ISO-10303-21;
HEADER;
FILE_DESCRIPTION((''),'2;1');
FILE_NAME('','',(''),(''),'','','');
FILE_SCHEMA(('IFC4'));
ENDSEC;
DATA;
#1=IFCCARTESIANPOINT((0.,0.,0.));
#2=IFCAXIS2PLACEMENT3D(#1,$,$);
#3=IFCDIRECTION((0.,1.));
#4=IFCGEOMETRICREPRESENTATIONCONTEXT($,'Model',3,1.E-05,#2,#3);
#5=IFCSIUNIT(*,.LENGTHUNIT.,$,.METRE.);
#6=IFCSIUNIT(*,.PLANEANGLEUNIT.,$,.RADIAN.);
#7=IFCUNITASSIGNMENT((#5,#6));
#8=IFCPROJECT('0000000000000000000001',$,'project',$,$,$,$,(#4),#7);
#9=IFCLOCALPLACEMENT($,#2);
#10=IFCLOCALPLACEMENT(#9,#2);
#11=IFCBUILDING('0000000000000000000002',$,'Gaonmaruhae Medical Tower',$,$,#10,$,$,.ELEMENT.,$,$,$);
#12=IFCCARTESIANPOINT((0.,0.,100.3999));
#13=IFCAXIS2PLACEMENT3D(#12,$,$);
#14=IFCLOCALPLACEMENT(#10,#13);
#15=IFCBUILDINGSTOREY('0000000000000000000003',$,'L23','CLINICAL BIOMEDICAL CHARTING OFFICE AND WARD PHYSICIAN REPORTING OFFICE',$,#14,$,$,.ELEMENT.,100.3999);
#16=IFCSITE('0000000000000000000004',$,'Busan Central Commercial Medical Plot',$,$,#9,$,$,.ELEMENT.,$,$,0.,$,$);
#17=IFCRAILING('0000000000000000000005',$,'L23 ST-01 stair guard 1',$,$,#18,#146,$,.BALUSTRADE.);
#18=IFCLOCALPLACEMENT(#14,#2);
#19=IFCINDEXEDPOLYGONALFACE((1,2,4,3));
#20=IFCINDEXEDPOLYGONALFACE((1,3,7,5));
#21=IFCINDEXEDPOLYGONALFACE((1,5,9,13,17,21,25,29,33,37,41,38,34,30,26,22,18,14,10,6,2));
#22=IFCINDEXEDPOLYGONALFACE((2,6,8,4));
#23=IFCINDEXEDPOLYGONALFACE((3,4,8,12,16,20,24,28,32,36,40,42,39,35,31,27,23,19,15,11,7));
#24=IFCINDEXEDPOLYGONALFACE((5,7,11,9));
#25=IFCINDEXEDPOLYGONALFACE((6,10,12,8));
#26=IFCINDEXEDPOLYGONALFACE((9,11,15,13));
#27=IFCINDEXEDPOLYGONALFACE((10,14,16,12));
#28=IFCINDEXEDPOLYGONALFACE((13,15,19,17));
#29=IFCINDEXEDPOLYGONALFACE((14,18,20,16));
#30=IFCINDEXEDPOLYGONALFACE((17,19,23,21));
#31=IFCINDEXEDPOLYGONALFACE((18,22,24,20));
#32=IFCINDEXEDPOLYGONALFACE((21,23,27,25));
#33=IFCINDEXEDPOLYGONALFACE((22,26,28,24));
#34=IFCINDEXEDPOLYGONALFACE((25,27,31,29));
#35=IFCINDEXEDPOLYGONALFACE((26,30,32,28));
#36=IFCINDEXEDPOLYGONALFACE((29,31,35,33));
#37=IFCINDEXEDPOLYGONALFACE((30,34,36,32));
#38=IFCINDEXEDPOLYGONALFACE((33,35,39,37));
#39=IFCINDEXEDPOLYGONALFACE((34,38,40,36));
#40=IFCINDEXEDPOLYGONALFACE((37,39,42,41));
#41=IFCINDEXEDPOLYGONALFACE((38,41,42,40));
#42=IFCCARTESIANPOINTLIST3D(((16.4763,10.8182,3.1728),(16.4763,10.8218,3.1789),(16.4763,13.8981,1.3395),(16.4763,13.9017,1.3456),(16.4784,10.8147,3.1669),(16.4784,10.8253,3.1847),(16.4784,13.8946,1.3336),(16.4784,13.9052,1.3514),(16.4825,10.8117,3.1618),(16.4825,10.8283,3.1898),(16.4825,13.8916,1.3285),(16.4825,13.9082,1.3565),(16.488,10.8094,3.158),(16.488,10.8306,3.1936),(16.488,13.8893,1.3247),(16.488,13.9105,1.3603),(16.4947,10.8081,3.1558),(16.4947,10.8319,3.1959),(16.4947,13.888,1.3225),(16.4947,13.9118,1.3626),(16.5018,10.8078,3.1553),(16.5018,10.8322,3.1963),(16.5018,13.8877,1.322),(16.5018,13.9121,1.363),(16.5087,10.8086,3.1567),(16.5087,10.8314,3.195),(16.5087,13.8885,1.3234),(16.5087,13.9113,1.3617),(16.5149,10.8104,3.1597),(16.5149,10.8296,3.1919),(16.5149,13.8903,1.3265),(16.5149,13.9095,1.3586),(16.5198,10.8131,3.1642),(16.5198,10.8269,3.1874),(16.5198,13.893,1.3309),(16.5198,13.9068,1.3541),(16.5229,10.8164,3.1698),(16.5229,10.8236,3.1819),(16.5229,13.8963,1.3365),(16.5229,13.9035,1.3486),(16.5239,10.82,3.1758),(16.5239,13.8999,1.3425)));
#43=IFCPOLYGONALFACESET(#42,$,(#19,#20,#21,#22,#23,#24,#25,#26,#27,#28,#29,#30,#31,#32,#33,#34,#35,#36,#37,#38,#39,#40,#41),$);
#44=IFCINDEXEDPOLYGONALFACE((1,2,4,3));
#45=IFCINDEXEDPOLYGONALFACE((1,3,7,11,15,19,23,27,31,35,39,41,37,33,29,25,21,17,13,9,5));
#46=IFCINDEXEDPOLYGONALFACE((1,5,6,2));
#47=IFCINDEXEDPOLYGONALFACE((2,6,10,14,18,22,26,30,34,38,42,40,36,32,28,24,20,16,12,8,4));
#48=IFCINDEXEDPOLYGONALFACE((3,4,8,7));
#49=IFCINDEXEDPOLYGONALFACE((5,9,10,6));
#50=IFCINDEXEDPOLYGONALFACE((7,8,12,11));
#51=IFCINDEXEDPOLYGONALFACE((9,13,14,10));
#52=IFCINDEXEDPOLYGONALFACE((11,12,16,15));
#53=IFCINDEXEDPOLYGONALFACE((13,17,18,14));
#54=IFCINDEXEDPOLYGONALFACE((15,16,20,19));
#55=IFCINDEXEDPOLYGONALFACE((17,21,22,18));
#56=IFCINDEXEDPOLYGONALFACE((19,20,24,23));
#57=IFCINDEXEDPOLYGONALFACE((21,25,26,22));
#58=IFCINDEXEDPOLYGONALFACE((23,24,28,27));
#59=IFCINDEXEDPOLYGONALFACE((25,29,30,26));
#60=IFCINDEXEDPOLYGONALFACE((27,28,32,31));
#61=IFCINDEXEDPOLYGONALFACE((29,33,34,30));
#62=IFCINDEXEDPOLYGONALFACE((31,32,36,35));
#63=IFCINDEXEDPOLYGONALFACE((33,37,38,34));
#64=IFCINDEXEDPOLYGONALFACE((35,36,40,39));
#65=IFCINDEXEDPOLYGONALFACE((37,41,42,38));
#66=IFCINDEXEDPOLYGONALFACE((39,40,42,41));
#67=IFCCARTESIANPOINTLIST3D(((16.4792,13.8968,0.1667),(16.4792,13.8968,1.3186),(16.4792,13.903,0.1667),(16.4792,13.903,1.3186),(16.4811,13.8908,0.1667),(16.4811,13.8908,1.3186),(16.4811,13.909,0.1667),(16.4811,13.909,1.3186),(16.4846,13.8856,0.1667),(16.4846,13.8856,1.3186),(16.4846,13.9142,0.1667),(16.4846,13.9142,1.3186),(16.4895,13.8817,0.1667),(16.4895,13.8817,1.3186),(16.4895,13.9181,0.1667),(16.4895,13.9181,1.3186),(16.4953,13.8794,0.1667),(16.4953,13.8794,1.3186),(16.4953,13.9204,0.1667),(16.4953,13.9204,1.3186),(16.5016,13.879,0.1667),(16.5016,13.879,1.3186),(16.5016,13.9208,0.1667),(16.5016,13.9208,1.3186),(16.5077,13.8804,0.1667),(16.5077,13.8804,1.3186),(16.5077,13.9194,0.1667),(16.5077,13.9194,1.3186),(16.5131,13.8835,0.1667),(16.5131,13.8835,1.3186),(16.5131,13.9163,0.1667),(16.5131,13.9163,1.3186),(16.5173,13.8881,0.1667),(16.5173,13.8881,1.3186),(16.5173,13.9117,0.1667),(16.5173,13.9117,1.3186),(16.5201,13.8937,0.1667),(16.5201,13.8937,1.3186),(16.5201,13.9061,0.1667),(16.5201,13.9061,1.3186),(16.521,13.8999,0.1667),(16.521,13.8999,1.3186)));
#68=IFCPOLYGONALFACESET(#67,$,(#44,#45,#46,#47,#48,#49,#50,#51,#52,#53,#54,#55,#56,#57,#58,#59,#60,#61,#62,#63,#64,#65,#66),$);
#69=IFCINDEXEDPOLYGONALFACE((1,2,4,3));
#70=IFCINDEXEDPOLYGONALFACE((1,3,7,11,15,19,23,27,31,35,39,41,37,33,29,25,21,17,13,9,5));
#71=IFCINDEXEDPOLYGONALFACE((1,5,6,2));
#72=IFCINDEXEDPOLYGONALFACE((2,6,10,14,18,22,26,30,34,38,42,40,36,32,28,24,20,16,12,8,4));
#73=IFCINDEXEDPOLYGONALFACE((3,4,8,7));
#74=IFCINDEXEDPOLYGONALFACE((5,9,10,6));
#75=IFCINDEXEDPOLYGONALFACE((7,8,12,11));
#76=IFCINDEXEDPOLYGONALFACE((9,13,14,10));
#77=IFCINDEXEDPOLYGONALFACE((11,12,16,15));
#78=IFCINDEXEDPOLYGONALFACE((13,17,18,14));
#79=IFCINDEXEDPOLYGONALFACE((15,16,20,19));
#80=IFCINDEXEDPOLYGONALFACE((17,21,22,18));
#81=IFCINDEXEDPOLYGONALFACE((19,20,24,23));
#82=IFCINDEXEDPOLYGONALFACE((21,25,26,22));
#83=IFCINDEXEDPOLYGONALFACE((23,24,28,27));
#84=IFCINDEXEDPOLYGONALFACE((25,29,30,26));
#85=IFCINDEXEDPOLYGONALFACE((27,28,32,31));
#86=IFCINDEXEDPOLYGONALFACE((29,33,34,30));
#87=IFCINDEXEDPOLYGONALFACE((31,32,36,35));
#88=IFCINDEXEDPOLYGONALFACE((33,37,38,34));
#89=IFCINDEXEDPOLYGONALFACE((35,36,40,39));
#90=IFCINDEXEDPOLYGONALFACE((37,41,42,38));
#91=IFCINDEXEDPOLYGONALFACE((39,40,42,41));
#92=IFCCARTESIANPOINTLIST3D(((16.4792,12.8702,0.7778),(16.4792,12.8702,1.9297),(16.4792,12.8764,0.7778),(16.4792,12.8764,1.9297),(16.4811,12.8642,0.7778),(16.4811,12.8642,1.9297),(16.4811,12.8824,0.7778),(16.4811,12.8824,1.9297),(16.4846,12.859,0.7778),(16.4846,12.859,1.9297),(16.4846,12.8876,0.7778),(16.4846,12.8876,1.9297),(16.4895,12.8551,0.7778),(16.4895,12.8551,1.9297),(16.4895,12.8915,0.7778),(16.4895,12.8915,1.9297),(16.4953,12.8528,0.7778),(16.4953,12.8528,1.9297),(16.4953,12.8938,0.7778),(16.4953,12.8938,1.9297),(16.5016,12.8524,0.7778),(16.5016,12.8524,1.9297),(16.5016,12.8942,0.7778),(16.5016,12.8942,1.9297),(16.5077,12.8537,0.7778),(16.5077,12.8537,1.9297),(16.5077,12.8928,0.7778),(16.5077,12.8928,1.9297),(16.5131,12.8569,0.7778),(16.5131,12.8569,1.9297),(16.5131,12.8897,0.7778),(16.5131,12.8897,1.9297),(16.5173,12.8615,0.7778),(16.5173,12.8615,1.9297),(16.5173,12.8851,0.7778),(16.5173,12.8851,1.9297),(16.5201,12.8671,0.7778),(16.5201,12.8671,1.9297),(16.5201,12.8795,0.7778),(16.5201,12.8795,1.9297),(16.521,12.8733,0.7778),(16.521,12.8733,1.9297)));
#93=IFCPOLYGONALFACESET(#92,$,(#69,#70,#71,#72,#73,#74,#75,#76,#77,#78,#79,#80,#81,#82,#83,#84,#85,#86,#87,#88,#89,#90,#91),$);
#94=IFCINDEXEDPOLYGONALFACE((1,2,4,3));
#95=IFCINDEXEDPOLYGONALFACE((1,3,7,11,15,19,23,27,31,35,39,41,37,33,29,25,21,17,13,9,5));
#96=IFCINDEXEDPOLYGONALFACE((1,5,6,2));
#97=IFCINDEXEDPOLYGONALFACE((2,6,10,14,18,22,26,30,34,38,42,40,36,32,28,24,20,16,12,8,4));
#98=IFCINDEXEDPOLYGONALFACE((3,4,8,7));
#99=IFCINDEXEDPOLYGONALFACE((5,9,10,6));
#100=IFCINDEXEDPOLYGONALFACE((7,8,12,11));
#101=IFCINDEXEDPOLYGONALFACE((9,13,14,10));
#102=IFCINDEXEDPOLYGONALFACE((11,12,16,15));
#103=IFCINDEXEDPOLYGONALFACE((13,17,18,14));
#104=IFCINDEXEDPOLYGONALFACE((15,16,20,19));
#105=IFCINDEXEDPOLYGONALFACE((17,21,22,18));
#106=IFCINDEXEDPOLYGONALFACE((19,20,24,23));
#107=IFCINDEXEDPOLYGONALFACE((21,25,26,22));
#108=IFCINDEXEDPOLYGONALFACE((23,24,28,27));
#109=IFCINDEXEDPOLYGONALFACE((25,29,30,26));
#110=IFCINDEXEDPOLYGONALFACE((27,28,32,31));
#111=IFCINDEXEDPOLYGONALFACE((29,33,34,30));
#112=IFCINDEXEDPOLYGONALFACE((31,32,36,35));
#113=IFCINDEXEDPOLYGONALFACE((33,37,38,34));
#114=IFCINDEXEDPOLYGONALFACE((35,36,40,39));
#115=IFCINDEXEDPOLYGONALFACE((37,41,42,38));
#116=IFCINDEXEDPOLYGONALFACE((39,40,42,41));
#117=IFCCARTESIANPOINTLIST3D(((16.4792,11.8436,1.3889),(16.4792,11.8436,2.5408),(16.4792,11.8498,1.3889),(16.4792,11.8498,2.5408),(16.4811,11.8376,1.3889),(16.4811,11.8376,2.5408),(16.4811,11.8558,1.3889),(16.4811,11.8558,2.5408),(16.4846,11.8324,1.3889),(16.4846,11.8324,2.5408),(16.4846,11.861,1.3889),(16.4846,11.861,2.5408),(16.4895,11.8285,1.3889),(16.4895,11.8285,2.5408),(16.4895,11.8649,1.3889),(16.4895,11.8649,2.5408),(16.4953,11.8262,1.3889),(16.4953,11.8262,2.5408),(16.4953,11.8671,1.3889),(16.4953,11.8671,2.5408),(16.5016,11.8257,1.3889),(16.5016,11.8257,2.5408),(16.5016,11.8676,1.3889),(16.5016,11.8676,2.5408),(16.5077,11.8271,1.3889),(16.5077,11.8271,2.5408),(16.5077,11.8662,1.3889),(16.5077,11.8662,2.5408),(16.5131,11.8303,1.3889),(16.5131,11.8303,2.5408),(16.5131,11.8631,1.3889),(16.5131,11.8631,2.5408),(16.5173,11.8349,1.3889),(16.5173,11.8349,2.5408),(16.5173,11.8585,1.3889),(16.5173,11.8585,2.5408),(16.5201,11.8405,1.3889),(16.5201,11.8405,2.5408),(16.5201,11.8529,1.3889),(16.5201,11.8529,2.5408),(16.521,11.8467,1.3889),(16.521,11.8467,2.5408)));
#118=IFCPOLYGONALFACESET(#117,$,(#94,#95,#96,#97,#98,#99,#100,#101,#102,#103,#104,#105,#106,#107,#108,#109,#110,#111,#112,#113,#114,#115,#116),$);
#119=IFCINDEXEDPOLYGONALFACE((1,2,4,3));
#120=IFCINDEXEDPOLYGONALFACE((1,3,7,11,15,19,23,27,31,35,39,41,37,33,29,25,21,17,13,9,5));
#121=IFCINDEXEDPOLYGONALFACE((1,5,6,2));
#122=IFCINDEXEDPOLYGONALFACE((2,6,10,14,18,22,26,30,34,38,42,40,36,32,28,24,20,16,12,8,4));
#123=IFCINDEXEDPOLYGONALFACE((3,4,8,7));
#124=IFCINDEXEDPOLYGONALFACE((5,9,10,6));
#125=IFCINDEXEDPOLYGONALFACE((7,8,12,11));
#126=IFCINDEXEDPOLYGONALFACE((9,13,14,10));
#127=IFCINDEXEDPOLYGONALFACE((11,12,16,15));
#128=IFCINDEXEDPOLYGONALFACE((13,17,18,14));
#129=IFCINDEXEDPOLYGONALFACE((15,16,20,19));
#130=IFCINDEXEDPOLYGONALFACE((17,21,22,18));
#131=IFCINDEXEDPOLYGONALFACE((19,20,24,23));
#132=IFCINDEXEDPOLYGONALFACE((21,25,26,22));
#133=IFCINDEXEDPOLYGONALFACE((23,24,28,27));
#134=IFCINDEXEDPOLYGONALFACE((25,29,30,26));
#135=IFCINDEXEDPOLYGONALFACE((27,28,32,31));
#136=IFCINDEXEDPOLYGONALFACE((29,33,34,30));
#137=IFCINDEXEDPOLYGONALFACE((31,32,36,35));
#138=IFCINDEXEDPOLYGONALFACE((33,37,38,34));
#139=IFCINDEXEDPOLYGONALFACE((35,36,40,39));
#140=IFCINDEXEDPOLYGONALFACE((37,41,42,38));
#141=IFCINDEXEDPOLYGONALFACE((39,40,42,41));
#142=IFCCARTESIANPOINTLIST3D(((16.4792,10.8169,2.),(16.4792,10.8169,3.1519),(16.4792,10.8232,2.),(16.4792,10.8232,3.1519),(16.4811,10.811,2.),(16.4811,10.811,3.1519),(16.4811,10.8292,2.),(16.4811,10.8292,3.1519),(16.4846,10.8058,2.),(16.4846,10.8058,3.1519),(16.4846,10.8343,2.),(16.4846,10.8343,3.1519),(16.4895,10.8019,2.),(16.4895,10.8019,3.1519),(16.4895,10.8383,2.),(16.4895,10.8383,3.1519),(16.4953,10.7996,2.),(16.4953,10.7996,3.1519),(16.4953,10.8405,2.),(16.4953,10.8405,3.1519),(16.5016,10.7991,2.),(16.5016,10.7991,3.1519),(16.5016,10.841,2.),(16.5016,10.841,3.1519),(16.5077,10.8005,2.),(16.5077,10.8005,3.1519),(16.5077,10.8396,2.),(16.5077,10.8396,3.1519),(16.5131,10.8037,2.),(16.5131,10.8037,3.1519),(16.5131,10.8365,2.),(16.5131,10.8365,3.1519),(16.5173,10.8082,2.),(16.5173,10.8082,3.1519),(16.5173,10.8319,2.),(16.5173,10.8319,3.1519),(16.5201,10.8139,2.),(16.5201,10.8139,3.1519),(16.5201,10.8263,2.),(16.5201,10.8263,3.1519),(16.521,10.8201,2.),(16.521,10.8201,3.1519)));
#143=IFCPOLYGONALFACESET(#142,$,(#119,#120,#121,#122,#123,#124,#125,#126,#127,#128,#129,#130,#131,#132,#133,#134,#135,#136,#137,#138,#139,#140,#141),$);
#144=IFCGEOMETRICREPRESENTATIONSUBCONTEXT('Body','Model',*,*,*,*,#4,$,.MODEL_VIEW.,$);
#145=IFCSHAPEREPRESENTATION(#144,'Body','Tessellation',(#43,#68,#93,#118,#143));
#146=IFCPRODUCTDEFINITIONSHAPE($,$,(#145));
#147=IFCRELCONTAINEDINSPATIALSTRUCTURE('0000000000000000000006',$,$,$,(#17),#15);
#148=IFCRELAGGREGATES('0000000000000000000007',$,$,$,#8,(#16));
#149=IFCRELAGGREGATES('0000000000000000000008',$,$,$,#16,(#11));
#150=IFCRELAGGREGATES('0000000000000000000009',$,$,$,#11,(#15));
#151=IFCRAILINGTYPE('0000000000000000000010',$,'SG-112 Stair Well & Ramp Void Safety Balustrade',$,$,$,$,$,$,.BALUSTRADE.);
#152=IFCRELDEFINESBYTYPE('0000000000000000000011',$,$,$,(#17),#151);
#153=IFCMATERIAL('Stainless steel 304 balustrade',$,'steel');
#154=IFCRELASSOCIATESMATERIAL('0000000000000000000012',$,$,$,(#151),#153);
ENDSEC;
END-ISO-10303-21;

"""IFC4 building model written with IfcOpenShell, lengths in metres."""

from ifc_helpers import new_model, si_unit, direction, frame, origin, origin_2d, place, context, subcontext, project, spatial, circle, extrude, material, type_object, element, save


model = new_model("IFC4")

# Units and contexts
model_context = context("Model", 3, precision=1e-05, world=origin(), true_north=direction((0.0, 1.0)))
body_context = subcontext(model_context, "Body", "Model", "MODEL_VIEW")
ifc_project = project(units=[si_unit("LENGTHUNIT", "METRE"), si_unit("PLANEANGLEUNIT", "RADIAN")], contexts=[model_context])

# Site, building, storey
site_placement = place(None, origin())
site = spatial("IfcSite", under=ifc_project, at=site_placement, Name="Busan Central Commercial Medical Plot", CompositionType="ELEMENT", RefElevation=0.0)
building_placement = place(site_placement, origin())
building = spatial("IfcBuilding", under=site, at=building_placement, Name="Gaonmaruhae Medical Tower", CompositionType="ELEMENT")
storey_placement = place(building_placement, frame((0.0, 0.0, 100.3999)))
storey = spatial("IfcBuildingStorey", under=building, at=storey_placement, Name="L23", Description="CLINICAL BIOMEDICAL CHARTING OFFICE AND WARD PHYSICIAN REPORTING OFFICE", CompositionType="ELEMENT", Elevation=100.3999)

# Railing
ifc_material_1 = material(Name="Stainless steel 304 balustrade", Category="steel")
railing_type_1 = type_object("IfcRailingType", Name="SG-112 Stair Well & Ramp Void Safety Balustrade", PredefinedType="BALUSTRADE", material=ifc_material_1)
railing_1_placement = place(storey_placement, frame((16.5, 13.8999, 0.1667)))
element("IfcRailing", 1, at=railing_1_placement, inside=storey, type_object=railing_type_1, Name="L23 ST-01 stair guard 1", PredefinedType="BALUSTRADE", context=body_context, shape_type="SweptSolid", body=[
    extrude(circle(Radius=0.0239, at=origin_2d()), frame((0.0, 0.0, 1.1758), z_axis=(0.0, -0.859291, 0.511487), x_axis=(1.0, 0.0, 0.0)), (0.0, 0.0, 1.0), 3.5842),
    extrude(circle(Radius=0.021, at=origin_2d()), origin(), (0.0, 0.0, 1.0), 1.1519),
    extrude(circle(Radius=0.021, at=origin_2d()), frame((0.0, -1.0266, 0.6111)), (0.0, 0.0, 1.0), 1.1519),
    extrude(circle(Radius=0.021, at=origin_2d()), frame((0.0, -2.0532, 1.2222)), (0.0, 0.0, 1.0), 1.1519),
    extrude(circle(Radius=0.021, at=origin_2d()), frame((0.0, -3.0798, 1.8333)), (0.0, 0.0, 1.0), 1.1519),
])

save(model, "model.ifc")
